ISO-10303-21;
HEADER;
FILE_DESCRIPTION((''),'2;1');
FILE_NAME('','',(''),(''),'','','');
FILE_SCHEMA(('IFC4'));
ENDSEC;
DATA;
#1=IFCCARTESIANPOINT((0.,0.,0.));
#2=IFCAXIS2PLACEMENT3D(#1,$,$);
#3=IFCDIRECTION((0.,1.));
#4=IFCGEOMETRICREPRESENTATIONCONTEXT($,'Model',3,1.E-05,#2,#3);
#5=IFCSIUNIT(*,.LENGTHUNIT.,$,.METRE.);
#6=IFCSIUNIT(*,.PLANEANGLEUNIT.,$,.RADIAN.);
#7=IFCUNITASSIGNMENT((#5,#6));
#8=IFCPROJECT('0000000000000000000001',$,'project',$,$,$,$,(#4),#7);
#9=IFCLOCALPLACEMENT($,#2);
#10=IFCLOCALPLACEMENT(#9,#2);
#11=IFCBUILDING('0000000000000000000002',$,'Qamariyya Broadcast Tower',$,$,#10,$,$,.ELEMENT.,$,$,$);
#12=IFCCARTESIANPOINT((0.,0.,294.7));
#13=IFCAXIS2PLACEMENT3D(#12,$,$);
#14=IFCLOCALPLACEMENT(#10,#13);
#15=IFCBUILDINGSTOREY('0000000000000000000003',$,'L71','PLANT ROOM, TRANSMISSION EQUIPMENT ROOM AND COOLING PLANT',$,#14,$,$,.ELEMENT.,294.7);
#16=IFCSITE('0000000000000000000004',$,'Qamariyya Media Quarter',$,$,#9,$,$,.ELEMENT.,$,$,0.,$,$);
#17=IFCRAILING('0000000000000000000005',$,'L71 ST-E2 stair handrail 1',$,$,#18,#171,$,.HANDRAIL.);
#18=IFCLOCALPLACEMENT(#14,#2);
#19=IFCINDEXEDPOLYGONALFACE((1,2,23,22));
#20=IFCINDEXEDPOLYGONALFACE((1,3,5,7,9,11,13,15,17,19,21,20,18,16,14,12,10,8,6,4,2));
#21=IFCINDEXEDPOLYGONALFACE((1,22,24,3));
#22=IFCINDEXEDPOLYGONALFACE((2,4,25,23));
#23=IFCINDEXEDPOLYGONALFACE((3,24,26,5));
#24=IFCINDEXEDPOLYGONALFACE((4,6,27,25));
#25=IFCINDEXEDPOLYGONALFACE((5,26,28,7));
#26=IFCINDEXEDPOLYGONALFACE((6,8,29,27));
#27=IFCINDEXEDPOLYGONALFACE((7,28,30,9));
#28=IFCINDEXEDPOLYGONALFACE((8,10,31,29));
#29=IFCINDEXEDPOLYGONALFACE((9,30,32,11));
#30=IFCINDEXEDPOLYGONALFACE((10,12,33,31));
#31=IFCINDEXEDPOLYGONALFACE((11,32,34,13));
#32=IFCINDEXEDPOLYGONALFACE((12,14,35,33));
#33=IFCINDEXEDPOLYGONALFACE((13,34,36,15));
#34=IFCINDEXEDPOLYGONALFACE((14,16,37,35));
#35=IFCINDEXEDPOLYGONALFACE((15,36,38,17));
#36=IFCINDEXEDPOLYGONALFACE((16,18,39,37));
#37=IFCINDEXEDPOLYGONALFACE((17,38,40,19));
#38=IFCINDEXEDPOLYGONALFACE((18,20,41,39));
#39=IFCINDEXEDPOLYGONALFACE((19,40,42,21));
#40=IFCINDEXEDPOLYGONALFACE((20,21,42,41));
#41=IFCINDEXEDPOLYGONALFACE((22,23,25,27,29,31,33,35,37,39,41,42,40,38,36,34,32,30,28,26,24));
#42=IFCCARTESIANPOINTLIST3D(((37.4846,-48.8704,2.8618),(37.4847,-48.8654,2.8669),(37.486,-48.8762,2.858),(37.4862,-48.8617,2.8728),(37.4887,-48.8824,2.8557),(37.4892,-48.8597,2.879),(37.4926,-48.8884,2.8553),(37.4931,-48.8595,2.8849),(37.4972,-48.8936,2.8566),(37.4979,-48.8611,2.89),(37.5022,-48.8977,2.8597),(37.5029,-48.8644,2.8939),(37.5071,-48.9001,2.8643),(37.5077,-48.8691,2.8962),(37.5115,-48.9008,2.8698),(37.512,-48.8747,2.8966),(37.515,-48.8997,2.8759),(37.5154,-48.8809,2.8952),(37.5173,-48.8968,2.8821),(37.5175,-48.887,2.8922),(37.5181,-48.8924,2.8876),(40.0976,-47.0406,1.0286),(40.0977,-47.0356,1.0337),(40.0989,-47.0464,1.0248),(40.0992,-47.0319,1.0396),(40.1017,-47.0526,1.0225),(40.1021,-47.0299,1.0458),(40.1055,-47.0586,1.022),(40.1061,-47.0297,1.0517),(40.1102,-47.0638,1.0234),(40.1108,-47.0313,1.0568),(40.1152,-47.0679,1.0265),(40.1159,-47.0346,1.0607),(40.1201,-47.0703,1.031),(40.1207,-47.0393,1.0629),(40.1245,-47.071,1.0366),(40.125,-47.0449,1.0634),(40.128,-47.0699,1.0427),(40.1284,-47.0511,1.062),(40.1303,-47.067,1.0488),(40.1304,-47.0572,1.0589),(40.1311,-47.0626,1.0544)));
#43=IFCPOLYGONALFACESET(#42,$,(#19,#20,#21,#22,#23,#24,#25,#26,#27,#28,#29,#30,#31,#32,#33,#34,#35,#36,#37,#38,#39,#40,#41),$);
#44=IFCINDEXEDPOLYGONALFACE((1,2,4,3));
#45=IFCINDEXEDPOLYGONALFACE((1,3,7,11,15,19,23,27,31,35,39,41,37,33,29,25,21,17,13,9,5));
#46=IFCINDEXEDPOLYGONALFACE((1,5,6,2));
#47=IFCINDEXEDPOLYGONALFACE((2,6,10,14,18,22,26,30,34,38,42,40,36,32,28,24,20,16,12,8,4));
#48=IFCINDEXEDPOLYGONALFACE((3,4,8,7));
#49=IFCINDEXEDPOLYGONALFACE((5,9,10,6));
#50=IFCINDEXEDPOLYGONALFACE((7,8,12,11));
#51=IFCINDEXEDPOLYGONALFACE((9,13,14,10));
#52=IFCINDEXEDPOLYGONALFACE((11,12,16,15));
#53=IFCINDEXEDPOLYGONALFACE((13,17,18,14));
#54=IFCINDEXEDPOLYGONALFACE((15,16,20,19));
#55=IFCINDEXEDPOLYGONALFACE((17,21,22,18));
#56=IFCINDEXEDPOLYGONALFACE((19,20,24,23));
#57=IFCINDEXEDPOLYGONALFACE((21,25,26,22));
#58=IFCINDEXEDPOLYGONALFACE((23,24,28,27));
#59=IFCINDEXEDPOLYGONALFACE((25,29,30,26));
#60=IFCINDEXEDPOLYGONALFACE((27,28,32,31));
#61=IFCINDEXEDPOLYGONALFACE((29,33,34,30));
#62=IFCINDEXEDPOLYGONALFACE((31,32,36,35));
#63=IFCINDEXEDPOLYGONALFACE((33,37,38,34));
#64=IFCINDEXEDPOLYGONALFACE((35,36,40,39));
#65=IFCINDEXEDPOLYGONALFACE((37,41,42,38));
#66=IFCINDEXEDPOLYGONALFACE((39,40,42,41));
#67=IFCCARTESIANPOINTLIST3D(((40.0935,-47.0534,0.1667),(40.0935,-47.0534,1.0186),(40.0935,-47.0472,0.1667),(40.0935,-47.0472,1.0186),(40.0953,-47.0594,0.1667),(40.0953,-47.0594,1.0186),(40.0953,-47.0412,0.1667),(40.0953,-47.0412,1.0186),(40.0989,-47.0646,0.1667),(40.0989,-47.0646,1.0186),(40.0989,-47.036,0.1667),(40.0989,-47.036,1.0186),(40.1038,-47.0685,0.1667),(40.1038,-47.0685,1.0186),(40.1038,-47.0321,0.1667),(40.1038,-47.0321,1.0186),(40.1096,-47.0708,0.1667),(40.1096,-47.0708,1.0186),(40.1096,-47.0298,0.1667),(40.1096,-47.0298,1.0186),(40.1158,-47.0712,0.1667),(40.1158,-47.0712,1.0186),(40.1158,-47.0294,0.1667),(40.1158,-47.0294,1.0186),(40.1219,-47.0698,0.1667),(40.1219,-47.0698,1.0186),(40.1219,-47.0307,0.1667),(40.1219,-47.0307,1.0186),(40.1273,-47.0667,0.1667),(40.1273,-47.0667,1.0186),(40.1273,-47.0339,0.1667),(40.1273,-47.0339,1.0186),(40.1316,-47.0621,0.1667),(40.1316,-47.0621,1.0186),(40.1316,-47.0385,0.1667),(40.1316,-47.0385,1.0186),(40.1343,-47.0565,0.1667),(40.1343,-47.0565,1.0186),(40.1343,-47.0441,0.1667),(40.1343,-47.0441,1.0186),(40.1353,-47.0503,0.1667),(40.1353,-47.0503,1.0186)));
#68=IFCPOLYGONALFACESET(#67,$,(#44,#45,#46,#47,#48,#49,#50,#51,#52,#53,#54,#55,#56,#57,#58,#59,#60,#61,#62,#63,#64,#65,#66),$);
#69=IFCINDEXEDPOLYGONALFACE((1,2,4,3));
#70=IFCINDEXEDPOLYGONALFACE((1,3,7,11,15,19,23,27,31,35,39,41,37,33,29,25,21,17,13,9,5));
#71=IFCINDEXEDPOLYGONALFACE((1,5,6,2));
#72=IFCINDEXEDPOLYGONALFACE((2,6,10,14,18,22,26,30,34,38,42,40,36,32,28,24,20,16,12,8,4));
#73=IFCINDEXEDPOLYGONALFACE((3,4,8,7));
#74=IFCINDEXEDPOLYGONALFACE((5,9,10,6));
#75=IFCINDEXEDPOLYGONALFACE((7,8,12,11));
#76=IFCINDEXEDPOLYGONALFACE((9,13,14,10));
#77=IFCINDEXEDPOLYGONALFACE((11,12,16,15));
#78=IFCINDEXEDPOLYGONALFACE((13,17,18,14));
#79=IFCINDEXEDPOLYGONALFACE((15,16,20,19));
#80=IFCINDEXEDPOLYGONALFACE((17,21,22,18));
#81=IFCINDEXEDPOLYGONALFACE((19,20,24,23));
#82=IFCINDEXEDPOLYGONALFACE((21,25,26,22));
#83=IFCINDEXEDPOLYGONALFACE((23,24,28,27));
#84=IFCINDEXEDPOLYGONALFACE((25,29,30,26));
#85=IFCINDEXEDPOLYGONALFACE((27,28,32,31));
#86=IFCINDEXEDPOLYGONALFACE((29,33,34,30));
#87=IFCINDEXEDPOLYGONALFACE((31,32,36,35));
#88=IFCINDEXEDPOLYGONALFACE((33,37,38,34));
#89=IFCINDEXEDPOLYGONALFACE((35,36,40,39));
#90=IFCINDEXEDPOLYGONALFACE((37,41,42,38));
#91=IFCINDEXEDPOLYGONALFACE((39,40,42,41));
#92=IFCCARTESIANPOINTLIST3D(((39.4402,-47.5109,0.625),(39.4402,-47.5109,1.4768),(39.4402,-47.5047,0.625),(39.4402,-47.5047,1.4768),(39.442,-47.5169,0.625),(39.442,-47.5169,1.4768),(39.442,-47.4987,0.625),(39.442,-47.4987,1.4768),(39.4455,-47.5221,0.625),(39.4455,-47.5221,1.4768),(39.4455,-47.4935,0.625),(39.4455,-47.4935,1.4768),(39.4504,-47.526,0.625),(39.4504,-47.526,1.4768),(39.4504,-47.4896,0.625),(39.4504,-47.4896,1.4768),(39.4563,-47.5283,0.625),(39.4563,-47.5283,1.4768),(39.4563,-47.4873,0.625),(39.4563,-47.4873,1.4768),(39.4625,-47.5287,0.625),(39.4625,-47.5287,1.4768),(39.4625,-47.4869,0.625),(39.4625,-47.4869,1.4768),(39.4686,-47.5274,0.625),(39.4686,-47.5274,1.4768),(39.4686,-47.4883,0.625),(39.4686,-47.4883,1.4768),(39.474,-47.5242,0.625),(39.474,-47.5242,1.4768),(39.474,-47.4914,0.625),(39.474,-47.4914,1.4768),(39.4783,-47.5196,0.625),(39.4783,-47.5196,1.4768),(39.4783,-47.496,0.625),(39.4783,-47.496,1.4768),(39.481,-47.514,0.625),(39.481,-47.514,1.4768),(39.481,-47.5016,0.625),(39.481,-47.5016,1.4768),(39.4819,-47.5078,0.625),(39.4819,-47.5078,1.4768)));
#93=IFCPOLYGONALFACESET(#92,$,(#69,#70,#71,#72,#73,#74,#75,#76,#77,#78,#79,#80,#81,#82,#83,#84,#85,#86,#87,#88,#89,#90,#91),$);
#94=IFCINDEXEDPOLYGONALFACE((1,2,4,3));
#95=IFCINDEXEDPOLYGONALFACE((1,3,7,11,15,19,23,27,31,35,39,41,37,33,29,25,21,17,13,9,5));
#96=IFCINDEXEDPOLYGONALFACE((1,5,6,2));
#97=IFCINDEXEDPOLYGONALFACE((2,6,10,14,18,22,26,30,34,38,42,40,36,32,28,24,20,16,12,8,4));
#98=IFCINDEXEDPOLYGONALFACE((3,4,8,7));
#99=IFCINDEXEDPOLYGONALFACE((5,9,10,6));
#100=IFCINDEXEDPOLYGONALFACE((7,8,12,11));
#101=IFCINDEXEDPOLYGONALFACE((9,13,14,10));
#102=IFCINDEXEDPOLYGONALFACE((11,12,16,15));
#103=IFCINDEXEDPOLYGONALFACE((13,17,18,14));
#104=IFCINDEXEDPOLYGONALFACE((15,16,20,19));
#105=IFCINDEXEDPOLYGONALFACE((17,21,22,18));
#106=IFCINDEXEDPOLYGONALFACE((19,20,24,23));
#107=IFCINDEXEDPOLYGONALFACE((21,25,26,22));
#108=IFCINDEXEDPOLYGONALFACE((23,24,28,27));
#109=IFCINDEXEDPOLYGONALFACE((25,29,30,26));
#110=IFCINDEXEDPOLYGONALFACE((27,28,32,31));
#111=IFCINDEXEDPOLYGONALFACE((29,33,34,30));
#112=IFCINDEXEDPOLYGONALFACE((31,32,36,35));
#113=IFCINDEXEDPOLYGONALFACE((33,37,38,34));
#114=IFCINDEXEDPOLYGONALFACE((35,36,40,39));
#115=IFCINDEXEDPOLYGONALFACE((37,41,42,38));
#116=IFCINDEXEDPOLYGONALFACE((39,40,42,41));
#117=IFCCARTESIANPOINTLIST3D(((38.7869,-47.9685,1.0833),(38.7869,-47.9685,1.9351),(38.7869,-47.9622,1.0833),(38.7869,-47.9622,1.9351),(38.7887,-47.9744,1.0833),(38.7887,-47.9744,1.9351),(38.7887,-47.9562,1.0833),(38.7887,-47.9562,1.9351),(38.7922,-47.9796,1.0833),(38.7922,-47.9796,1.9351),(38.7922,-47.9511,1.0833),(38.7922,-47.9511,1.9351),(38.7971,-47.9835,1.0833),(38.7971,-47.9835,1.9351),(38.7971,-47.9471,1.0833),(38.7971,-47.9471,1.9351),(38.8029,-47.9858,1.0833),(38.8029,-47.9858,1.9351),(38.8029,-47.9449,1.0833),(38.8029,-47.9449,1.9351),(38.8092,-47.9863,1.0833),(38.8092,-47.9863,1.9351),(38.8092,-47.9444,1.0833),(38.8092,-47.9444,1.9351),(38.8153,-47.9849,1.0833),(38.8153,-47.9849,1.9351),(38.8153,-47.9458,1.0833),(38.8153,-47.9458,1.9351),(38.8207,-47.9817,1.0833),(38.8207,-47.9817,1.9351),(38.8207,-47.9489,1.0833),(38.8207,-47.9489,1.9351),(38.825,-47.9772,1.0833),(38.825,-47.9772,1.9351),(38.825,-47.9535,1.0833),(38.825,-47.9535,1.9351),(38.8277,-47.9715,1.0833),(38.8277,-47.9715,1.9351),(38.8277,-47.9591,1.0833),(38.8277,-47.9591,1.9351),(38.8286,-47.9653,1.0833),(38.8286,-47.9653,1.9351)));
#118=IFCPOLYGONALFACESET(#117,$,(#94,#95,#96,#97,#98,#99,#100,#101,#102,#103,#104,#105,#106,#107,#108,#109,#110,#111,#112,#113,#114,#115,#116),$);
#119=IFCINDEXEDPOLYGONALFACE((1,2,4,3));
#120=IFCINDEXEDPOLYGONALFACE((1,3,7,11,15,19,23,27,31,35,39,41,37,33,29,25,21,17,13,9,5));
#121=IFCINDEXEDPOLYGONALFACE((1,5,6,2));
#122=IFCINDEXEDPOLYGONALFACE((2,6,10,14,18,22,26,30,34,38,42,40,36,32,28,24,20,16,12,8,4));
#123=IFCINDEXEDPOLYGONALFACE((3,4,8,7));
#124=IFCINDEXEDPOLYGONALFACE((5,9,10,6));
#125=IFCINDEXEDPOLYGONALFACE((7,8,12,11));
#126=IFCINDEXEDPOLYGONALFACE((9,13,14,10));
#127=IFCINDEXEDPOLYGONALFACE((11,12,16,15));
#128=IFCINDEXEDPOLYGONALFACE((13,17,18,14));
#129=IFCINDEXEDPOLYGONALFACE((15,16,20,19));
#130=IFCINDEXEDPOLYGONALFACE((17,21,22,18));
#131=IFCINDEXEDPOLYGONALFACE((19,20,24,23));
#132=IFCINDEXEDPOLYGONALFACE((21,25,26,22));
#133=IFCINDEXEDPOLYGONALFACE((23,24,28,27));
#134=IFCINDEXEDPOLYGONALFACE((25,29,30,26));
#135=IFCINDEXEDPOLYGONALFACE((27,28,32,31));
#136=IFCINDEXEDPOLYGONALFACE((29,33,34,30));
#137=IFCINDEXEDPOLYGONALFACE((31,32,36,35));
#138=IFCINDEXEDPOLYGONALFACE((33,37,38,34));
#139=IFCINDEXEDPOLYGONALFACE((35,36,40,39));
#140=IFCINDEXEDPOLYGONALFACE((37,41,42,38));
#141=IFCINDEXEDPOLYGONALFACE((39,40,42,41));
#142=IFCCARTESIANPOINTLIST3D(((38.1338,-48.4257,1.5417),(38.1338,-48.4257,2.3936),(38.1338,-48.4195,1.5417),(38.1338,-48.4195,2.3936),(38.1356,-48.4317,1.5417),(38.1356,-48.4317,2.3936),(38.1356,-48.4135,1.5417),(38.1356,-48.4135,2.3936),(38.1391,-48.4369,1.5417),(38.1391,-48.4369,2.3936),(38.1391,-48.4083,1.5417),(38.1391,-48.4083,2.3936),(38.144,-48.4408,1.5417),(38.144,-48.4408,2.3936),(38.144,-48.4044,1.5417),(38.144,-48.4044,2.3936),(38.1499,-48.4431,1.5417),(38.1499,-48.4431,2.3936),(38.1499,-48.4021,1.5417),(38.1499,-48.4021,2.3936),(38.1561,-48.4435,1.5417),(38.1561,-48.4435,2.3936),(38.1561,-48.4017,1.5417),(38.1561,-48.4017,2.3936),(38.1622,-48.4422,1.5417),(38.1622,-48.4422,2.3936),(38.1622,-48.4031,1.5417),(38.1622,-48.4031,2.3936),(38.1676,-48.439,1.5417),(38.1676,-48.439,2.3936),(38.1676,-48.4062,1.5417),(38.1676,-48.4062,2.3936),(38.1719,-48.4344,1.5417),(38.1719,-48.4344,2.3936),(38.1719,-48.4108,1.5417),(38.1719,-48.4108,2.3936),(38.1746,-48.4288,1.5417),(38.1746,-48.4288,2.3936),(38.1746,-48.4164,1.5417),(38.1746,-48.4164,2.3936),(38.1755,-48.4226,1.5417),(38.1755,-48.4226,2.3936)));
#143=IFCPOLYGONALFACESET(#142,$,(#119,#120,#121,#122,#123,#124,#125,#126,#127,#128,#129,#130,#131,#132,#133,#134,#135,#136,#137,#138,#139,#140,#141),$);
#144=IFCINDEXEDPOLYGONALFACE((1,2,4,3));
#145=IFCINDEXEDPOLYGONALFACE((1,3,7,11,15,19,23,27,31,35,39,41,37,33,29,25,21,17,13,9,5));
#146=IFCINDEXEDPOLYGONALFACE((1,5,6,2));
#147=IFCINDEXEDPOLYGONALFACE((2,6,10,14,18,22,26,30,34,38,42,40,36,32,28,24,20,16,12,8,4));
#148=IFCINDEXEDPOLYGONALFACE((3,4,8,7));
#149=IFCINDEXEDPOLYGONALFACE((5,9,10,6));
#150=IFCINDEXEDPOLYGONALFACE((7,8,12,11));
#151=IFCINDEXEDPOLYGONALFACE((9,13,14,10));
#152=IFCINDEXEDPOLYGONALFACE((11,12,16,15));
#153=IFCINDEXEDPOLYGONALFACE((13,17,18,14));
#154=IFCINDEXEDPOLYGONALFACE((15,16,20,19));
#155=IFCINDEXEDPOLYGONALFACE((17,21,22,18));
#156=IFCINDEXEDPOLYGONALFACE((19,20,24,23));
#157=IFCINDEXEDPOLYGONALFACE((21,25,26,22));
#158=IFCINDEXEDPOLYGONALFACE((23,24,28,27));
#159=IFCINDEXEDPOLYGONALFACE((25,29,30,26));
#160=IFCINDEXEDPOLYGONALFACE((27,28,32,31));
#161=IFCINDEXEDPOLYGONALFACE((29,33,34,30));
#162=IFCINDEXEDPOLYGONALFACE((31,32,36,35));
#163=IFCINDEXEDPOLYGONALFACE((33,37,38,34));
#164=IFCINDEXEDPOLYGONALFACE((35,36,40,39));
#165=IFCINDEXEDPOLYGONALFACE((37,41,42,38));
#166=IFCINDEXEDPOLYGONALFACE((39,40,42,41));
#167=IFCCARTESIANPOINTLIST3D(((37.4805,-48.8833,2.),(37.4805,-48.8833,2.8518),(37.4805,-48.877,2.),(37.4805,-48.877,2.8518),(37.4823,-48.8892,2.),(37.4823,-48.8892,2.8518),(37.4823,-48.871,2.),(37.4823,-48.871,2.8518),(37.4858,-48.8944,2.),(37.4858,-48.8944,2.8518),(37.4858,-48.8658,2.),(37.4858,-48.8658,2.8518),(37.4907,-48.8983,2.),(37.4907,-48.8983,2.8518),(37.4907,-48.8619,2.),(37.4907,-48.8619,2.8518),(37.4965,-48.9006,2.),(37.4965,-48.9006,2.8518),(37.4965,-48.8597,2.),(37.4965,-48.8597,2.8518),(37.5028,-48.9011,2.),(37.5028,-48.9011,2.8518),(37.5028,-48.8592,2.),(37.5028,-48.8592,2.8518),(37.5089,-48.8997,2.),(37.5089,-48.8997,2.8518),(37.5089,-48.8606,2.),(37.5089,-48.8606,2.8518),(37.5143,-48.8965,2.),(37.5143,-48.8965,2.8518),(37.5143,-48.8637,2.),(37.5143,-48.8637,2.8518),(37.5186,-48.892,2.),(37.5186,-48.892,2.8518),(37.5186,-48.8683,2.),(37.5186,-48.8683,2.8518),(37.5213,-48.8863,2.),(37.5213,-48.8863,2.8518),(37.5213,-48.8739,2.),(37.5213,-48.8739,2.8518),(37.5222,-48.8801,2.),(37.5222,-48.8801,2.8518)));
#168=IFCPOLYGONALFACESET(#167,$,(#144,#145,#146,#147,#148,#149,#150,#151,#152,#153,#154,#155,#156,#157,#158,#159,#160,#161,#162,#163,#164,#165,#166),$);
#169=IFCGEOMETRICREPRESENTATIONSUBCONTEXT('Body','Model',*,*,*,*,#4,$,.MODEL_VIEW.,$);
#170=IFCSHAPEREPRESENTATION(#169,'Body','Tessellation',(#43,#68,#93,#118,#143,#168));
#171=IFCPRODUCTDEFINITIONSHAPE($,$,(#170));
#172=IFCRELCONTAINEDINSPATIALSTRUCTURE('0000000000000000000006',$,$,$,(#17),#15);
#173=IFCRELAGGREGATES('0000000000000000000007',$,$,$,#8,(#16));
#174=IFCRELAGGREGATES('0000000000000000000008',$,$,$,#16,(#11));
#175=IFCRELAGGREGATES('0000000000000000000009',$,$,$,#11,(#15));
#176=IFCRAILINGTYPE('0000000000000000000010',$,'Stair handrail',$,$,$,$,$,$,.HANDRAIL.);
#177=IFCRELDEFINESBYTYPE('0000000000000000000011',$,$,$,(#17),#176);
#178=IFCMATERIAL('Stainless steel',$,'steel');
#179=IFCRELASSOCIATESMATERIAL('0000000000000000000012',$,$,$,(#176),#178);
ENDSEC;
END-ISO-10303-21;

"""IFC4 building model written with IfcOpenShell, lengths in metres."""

from ifc_helpers import new_model, si_unit, direction, frame, origin, origin_2d, place, context, subcontext, project, spatial, circle, extrude, material, type_object, element, save


model = new_model("IFC4")

# Units and contexts
model_context = context("Model", 3, precision=1e-05, world=origin(), true_north=direction((0.0, 1.0)))
body_context = subcontext(model_context, "Body", "Model", "MODEL_VIEW")
ifc_project = project(units=[si_unit("LENGTHUNIT", "METRE"), si_unit("PLANEANGLEUNIT", "RADIAN")], contexts=[model_context])

# Site, building, storey
site_placement = place(None, origin())
site = spatial("IfcSite", under=ifc_project, at=site_placement, Name="Qamariyya Media Quarter", CompositionType="ELEMENT", RefElevation=0.0)
building_placement = place(site_placement, origin())
building = spatial("IfcBuilding", under=site, at=building_placement, Name="Qamariyya Broadcast Tower", CompositionType="ELEMENT")
storey_placement = place(building_placement, frame((0.0, 0.0, 294.7)))
storey = spatial("IfcBuildingStorey", under=building, at=storey_placement, Name="L71", Description="PLANT ROOM, TRANSMISSION EQUIPMENT ROOM AND COOLING PLANT", CompositionType="ELEMENT", Elevation=294.7)

# Railing
ifc_material_1 = material(Name="Stainless steel", Category="steel")
railing_type_1 = type_object("IfcRailingType", Name="Stair handrail", PredefinedType="HANDRAIL", material=ifc_material_1)
railing_1_placement = place(storey_placement, frame((40.1143, -47.0503, 0.1667)))
element("IfcRailing", 1, at=railing_1_placement, inside=storey, type_object=railing_type_1, Name="L71 ST-E2 stair handrail 1", PredefinedType="HANDRAIL", context=body_context, shape_type="SweptSolid", body=[
    extrude(circle(Radius=0.0239, at=origin_2d()), frame((0.0, 0.0, 0.876), z_axis=(-0.710204, -0.497335, 0.498264), x_axis=(0.573611, -0.819128, 0.0)), (0.0, 0.0, 1.0), 3.6792),
    extrude(circle(Radius=0.021, at=origin_2d()), origin(), (0.0, 0.0, 1.0), 0.8518),
    extrude(circle(Radius=0.021, at=origin_2d()), frame((-0.6533, -0.4575, 0.4583)), (0.0, 0.0, 1.0), 0.8518),
    extrude(circle(Radius=0.021, at=origin_2d()), frame((-1.3066, -0.915, 0.9165)), (0.0, 0.0, 1.0), 0.8518),
    extrude(circle(Radius=0.021, at=origin_2d()), frame((-1.9597, -1.3723, 1.375)), (0.0, 0.0, 1.0), 0.8518),
    extrude(circle(Radius=0.021, at=origin_2d()), frame((-2.613, -1.8298, 1.8333)), (0.0, 0.0, 1.0), 0.8518),
])

save(model, "model.ifc")
